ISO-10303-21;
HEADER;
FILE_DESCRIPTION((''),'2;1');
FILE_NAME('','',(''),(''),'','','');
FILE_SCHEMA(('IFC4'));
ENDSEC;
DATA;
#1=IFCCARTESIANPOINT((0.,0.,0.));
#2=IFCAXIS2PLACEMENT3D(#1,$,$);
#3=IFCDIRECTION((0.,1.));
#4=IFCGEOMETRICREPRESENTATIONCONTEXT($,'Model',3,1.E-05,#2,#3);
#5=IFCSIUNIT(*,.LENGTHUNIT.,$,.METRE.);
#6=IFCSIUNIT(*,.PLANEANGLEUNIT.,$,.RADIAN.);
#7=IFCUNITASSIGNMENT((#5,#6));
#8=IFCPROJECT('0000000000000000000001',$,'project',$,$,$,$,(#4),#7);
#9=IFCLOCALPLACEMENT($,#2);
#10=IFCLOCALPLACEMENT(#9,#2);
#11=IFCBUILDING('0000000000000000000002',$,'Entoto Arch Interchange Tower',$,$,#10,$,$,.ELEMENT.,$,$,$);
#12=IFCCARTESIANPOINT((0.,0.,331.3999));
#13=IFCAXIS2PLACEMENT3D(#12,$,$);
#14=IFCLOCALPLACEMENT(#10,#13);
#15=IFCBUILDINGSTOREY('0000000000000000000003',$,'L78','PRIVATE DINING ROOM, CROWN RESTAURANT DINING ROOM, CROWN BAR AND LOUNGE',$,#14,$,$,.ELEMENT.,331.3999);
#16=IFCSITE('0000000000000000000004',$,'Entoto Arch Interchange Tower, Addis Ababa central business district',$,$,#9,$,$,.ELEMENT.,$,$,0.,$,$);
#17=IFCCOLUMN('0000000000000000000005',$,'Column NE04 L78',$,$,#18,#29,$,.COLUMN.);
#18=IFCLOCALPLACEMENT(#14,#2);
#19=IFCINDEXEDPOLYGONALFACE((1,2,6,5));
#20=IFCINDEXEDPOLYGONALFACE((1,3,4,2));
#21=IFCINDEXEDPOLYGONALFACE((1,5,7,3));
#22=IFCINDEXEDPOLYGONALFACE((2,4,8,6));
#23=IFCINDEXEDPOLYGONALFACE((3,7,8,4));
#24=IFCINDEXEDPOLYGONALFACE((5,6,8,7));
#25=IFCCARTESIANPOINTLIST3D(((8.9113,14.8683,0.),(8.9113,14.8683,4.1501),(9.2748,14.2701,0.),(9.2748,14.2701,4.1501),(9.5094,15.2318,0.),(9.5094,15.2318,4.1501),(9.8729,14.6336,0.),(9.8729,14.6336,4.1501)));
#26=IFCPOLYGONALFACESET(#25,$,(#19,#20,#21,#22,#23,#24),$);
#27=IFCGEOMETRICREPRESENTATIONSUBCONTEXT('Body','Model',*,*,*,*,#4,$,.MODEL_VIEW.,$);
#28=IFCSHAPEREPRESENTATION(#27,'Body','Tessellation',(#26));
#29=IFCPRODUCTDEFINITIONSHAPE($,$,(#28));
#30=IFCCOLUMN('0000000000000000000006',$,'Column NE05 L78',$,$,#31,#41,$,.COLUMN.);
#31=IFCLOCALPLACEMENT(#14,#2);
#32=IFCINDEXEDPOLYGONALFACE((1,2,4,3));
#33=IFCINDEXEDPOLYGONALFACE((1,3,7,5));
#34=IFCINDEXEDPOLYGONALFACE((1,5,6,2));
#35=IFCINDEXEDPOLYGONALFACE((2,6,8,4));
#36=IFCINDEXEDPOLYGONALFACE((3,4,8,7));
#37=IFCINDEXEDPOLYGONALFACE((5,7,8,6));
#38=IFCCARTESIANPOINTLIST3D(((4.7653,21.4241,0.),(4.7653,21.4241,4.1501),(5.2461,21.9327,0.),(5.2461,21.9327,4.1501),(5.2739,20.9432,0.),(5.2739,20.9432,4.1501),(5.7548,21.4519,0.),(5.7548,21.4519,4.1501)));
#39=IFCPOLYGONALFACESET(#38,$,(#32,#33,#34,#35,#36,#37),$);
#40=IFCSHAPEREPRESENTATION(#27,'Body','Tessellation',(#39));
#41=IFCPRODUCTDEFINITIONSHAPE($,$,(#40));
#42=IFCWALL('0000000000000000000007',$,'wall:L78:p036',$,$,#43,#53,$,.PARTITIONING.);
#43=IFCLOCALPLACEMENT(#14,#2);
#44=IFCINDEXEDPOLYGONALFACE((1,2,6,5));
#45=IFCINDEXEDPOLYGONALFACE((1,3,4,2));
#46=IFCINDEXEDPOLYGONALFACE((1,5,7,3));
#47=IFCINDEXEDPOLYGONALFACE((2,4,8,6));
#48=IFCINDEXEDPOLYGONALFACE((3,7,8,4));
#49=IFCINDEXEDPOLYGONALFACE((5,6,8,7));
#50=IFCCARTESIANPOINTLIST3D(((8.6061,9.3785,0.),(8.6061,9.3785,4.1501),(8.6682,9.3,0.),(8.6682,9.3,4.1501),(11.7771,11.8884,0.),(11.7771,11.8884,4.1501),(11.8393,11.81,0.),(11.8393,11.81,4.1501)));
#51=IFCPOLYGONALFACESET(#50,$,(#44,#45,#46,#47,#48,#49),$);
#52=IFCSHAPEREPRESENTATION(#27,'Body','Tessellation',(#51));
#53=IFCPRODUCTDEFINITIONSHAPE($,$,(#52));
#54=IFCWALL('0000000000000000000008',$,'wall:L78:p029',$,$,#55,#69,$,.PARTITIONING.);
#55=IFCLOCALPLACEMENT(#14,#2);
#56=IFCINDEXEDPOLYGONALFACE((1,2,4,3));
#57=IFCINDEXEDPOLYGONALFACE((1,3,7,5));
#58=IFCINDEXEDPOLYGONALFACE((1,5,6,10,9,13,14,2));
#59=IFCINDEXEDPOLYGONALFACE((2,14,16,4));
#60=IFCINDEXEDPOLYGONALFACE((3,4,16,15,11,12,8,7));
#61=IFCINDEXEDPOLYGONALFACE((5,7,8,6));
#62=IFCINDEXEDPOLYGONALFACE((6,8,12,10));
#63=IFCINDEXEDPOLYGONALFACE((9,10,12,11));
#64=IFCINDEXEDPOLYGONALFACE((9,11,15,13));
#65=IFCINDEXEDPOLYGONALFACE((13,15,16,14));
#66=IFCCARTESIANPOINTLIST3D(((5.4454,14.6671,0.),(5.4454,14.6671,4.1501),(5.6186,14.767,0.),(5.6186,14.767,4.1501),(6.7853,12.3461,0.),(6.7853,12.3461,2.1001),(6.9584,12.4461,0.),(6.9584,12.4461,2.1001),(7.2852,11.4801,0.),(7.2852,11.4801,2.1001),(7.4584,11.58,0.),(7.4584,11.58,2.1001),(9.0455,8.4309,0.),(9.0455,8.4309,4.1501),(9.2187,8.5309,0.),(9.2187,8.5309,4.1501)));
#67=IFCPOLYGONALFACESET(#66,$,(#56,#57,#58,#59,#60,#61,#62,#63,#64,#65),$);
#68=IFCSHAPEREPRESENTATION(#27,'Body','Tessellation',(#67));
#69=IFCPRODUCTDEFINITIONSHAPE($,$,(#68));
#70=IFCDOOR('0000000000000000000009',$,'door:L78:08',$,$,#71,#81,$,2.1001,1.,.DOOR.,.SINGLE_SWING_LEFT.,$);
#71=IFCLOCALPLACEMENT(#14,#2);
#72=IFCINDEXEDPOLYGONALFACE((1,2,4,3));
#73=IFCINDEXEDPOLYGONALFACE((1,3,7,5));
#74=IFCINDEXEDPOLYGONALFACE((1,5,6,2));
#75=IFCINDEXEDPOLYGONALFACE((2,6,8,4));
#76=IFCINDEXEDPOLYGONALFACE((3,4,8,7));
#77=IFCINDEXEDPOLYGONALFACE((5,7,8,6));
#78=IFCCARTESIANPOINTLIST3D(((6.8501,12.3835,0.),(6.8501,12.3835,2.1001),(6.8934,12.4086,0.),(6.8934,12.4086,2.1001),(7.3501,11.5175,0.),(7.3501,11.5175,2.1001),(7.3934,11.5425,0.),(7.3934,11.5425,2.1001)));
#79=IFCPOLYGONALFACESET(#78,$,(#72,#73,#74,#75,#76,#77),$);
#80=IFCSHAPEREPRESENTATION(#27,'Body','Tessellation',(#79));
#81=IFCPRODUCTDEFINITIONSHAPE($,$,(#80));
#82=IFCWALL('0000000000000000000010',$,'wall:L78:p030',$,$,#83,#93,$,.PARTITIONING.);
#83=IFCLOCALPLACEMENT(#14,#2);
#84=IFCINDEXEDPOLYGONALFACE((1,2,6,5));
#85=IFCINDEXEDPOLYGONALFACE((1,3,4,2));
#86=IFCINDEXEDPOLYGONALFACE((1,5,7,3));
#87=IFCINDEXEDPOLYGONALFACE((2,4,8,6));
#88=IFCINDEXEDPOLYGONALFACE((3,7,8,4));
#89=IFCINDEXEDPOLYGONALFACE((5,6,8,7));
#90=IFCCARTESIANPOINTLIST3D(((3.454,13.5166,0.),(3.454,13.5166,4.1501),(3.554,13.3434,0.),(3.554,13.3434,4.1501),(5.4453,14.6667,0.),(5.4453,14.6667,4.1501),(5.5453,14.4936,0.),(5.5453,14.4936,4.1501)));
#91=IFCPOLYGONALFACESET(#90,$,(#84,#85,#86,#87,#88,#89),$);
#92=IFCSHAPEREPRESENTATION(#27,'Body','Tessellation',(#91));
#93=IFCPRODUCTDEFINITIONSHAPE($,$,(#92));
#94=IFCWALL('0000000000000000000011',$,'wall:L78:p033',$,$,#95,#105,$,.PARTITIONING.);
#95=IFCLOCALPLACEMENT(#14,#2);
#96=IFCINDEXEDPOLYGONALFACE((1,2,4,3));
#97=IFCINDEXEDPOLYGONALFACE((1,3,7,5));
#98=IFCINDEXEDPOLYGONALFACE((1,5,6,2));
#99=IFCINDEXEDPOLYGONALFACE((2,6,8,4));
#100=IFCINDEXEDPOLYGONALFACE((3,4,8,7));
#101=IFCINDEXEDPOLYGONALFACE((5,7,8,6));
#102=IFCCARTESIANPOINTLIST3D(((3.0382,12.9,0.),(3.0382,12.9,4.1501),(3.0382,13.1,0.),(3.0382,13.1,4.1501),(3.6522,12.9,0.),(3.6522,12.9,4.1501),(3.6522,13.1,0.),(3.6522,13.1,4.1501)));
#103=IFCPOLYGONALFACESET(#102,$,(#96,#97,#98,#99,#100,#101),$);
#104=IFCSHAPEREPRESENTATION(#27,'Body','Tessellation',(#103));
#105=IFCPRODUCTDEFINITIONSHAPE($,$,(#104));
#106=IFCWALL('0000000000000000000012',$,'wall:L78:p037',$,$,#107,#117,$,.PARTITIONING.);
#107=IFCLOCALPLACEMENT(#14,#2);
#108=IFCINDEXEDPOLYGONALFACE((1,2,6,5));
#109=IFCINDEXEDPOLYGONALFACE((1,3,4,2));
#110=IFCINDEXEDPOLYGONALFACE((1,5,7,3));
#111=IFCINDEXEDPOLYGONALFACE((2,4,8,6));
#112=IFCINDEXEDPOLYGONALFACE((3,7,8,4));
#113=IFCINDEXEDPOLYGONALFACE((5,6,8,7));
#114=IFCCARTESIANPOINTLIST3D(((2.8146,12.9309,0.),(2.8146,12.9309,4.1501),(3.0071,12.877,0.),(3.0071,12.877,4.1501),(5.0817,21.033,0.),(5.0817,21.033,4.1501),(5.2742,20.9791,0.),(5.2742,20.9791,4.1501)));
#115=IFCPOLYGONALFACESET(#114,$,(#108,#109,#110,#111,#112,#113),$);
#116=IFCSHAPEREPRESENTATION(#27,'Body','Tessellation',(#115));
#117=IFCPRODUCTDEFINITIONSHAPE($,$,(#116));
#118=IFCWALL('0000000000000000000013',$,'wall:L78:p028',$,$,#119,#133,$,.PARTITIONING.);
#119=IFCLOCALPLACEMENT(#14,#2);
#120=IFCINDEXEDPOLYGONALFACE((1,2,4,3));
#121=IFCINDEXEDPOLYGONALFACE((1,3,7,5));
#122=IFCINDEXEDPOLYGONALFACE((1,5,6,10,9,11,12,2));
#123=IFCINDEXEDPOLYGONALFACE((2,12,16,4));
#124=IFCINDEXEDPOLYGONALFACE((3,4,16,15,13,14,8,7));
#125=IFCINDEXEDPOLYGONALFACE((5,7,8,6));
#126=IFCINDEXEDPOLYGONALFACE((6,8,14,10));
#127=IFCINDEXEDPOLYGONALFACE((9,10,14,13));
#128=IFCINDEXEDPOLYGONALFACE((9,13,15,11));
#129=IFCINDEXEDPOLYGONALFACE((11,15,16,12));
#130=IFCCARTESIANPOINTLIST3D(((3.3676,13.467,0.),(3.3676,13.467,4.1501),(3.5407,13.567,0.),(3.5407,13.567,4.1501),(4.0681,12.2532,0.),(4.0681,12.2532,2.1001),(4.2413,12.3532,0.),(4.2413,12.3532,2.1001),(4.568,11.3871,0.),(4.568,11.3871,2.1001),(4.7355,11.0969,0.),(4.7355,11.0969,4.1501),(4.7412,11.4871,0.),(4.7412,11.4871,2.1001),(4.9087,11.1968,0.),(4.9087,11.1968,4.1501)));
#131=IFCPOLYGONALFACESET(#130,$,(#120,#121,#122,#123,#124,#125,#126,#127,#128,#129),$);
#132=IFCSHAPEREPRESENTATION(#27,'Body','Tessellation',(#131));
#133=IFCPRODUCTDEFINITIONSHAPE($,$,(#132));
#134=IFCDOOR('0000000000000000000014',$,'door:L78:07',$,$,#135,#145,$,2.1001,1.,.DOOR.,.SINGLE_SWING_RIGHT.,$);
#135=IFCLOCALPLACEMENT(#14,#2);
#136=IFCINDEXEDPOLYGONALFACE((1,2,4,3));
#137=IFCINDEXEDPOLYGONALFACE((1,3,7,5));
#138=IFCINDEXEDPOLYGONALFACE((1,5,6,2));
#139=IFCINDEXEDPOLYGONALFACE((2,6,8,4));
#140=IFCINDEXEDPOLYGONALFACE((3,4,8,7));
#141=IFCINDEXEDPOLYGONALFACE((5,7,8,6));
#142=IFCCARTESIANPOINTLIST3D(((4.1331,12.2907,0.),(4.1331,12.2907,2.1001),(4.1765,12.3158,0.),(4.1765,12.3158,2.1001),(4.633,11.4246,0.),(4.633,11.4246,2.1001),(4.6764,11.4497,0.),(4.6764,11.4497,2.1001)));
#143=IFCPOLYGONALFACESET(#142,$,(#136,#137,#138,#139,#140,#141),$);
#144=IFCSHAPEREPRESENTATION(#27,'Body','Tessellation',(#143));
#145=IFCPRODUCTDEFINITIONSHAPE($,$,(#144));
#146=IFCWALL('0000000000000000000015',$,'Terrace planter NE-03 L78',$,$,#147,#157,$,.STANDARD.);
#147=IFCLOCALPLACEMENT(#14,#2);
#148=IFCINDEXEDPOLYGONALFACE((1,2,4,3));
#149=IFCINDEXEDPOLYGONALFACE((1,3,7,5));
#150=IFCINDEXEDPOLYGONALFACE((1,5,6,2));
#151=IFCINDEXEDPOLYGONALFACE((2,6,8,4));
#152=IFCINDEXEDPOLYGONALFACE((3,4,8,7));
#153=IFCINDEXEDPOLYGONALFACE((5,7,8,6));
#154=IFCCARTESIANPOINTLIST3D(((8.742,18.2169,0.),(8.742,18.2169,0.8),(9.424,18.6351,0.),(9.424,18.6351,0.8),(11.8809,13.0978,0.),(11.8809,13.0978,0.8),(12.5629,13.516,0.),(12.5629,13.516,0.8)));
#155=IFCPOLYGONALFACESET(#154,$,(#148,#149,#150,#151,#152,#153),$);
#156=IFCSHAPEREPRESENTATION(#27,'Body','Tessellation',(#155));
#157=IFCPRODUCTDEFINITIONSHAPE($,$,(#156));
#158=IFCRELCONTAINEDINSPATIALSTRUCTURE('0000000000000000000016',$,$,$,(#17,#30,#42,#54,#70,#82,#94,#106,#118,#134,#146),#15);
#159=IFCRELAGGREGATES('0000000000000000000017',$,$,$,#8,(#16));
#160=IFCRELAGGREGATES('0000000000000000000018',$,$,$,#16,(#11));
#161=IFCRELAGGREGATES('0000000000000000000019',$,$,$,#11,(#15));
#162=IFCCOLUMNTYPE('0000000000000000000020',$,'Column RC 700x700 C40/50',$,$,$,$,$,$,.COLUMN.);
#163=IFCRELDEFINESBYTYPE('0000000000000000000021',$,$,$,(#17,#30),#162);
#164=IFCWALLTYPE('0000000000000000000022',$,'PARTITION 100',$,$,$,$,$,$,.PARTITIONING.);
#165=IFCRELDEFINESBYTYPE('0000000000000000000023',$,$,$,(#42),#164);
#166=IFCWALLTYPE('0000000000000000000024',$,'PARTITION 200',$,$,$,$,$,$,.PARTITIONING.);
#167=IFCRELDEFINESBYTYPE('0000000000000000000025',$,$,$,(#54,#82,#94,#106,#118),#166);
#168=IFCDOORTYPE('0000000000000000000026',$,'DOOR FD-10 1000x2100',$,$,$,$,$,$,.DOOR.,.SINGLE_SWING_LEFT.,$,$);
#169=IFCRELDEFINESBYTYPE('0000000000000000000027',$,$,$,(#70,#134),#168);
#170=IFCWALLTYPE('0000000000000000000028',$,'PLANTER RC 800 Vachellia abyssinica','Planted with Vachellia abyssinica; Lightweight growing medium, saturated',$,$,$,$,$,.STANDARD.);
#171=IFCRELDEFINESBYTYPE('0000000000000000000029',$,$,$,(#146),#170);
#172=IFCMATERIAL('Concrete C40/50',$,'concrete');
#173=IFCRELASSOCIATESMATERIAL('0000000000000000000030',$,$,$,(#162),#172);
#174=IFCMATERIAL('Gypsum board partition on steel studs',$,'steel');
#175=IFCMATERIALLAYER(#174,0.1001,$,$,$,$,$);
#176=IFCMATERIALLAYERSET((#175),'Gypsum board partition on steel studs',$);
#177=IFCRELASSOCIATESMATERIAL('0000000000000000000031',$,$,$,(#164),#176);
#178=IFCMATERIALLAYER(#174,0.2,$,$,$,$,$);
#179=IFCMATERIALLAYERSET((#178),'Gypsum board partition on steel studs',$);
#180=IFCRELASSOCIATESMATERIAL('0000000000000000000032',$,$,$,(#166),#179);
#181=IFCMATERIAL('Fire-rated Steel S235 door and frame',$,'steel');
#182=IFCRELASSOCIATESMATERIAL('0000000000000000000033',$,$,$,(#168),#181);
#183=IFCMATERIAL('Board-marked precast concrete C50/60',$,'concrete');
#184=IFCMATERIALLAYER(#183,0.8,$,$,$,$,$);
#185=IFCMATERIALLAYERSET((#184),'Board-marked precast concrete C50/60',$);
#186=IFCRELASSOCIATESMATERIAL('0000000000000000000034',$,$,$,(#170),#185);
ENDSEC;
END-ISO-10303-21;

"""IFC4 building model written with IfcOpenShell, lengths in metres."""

from ifc_helpers import new_model, si_unit, direction, frame, frame_2d, origin, origin_2d, place, context, subcontext, project, spatial, rectangle, extrude, material, layer, layer_set, material_profile, profile_set, type_object, element, fill, save


model = new_model("IFC4")

# Units and contexts
model_context = context("Model", 3, precision=1e-05, world=origin(), true_north=direction((0.0, 1.0)))
body_context = subcontext(model_context, "Body", "Model", "MODEL_VIEW")
ifc_project = project(units=[si_unit("LENGTHUNIT", "METRE"), si_unit("PLANEANGLEUNIT", "RADIAN")], contexts=[model_context])

# Site, building, storey
site_placement = place(None, origin())
site = spatial("IfcSite", under=ifc_project, at=site_placement, Name="Entoto Arch Interchange Tower, Addis Ababa central business district", CompositionType="ELEMENT", RefElevation=0.0)
building_placement = place(site_placement, origin())
building = spatial("IfcBuilding", under=site, at=building_placement, Name="Entoto Arch Interchange Tower", CompositionType="ELEMENT")
storey_placement = place(building_placement, frame((0.0, 0.0, 331.3999)))
storey = spatial("IfcBuildingStorey", under=building, at=storey_placement, Name="L78", Description="PRIVATE DINING ROOM, CROWN RESTAURANT DINING ROOM, CROWN BAR AND LOUNGE", CompositionType="ELEMENT", Elevation=331.3999)

# Columns
ifc_material_1 = material(Name="Concrete C40/50", Category="concrete")
ifc_material_profile = material_profile(ifc_material_1, rectangle(XDim=0.7, YDim=0.7, at=origin_2d()))
ifc_profile_set = profile_set([ifc_material_profile], Name="Concrete C40/50")
column_type = type_object("IfcColumnType", Name="Column RC 700x700 C40/50", PredefinedType="COLUMN", material=ifc_profile_set)
for number, where, z_axis, x_axis, name in (
    (1, (9.3921, 14.751, 0.0), (0.0, 0.0, 1.0), (-0.51931, 0.854586, 0.0), "Column NE04 L78"),
    (2, (5.26, 21.438, 0.0), (0.0, 0.0, 1.0), (-0.726659, 0.686999, 0.0), "Column NE05 L78"),
):
    element("IfcColumn", number, at=place(storey_placement, frame(where, z_axis=z_axis, x_axis=x_axis)), inside=storey, type_object=column_type, Name=name, PredefinedType="COLUMN", context=body_context, shape_type="SweptSolid", body=[
        extrude(rectangle(XDim=0.7, YDim=0.7, at=origin_2d()), origin(), (0.0, 0.0, 1.0), 4.1501),
    ])

# Wall
ifc_material_2 = material(Name="Gypsum board partition on steel studs", Category="steel")
ifc_layer_1 = layer(ifc_material_2, 0.1001)
ifc_layer_set_1 = layer_set([ifc_layer_1], Name="Gypsum board partition on steel studs")
wall_type_1 = type_object("IfcWallType", Name="PARTITION 100", PredefinedType="PARTITIONING", material=ifc_layer_set_1)
wall_1_placement = place(storey_placement, frame((11.8081, 11.8491, 0.0), z_axis=(0.0, 0.0, 1.0), x_axis=(-0.784103, -0.62063, 0.0)))
element("IfcWall", 3, at=wall_1_placement, inside=storey, type_object=wall_type_1, Name="wall:L78:p036", PredefinedType="PARTITIONING", context=body_context, shape_type="SweptSolid", body=[
    extrude(rectangle(XDim=4.0442, YDim=0.1001, at=frame_2d((2.022, 0.0))), origin(), (0.0, 0.0, 1.0), 4.1501),
])

# Wall, opening, door
ifc_layer_2 = layer(ifc_material_2, 0.2)
ifc_layer_set_2 = layer_set([ifc_layer_2], Name="Gypsum board partition on steel studs")
wall_type_2 = type_object("IfcWallType", Name="PARTITION 200", PredefinedType="PARTITIONING", material=ifc_layer_set_2)
wall_2_placement = place(storey_placement, frame((5.532, 14.717, 0.0), z_axis=(0.0, 0.0, 1.0), x_axis=(0.499968, -0.866044, 0.0)))
wall_2 = element("IfcWall", 4, at=wall_2_placement, inside=storey, type_object=wall_type_2, Name="wall:L78:p029", PredefinedType="PARTITIONING", context=body_context, shape_type="SweptSolid", body=[
    extrude(rectangle(XDim=7.2007, YDim=0.2, at=frame_2d((3.6003, 0.0))), origin(), (0.0, 0.0, 1.0), 4.1501),
])
opening_1_placement = place(wall_2_placement, frame((2.6799, 0.0, 0.0)))
opening_1 = element("IfcOpeningElement", 5, at=opening_1_placement, cuts=wall_2, PredefinedType="OPENING", context=body_context, shape_type="SweptSolid", body=[
    extrude(rectangle(XDim=1.0, YDim=2.1001, at=frame_2d((0.5, 1.05))), frame((0.0, 0.1099, 0.0), z_axis=(0.0, -1.0, 0.0), x_axis=(1.0, 0.0, 0.0)), (0.0, 0.0, 1.0), 0.22),
])
ifc_material_3 = material(Name="Fire-rated Steel S235 door and frame", Category="steel")
door_type = type_object("IfcDoorType", Name="DOOR FD-10 1000x2100", OperationType="SINGLE_SWING_LEFT", PredefinedType="DOOR", material=ifc_material_3)
door_1_placement = place(opening_1_placement, origin())
door_1 = element("IfcDoor", 6, at=door_1_placement, inside=storey, type_object=door_type, Name="door:L78:08", OperationType="SINGLE_SWING_LEFT", OverallHeight=2.1001, OverallWidth=1.0, PredefinedType="DOOR", context=body_context, shape_type="SweptSolid", body=[
    extrude(rectangle(XDim=1.0, YDim=2.1001, at=frame_2d((0.5, 1.05))), frame((0.0, 0.0249, 0.0), z_axis=(0.0, -1.0, 0.0), x_axis=(1.0, 0.0, 0.0)), (0.0, 0.0, 1.0), 0.05),
])
fill(opening_1, door_1)

# Walls
wall_3_placement = place(storey_placement, frame((3.5039, 13.4299, 0.0), z_axis=(0.0, 0.0, 1.0), x_axis=(0.865927, 0.50017, 0.0)))
element("IfcWall", 7, at=wall_3_placement, inside=storey, type_object=wall_type_2, Name="wall:L78:p030", PredefinedType="PARTITIONING", context=body_context, shape_type="SweptSolid", body=[
    extrude(rectangle(XDim=2.2996, YDim=0.2, at=frame_2d((1.1499, 0.0))), origin(), (0.0, 0.0, 1.0), 4.1501),
])
wall_4_placement = place(storey_placement, frame((3.0381, 13.0, 0.0), z_axis=(0.0, 0.0, 1.0), x_axis=(1.0, 0.0, 0.0)))
element("IfcWall", 8, at=wall_4_placement, inside=storey, type_object=wall_type_2, Name="wall:L78:p033", PredefinedType="PARTITIONING", context=body_context, shape_type="SweptSolid", body=[
    extrude(rectangle(XDim=0.614, YDim=0.2, at=frame_2d((0.3071, 0.0))), origin(), (0.0, 0.0, 1.0), 4.1501),
])
wall_5_placement = place(storey_placement, frame((2.9109, 12.9041, 0.0), z_axis=(0.0, 0.0, 1.0), x_axis=(0.269466, 0.96301, 0.0)))
element("IfcWall", 9, at=wall_5_placement, inside=storey, type_object=wall_type_2, Name="wall:L78:p037", PredefinedType="PARTITIONING", context=body_context, shape_type="SweptSolid", body=[
    extrude(rectangle(XDim=8.4133, YDim=0.2, at=frame_2d((4.2065, 0.0))), origin(), (0.0, 0.0, 1.0), 4.1501),
])

# Wall, opening, door
wall_6_placement = place(storey_placement, frame((4.822, 11.147, 0.0), z_axis=(0.0, 0.0, 1.0), x_axis=(-0.499872, 0.866099, 0.0)))
wall_6 = element("IfcWall", 10, at=wall_6_placement, inside=storey, type_object=wall_type_2, Name="wall:L78:p028", PredefinedType="PARTITIONING", context=body_context, shape_type="SweptSolid", body=[
    extrude(rectangle(XDim=2.7366, YDim=0.2, at=frame_2d((1.3682, 0.0))), origin(), (0.0, 0.0, 1.0), 4.1501),
])
opening_2_placement = place(wall_6_placement, frame((0.335, 0.0, 0.0)))
opening_2 = element("IfcOpeningElement", 11, at=opening_2_placement, cuts=wall_6, PredefinedType="OPENING", context=body_context, shape_type="SweptSolid", body=[
    extrude(rectangle(XDim=1.0, YDim=2.1001, at=frame_2d((0.5, 1.05))), frame((0.0, 0.1099, 0.0), z_axis=(0.0, -1.0, 0.0), x_axis=(1.0, 0.0, 0.0)), (0.0, 0.0, 1.0), 0.22),
])
door_2_placement = place(opening_2_placement, origin())
door_2 = element("IfcDoor", 12, at=door_2_placement, inside=storey, type_object=door_type, Name="door:L78:07", OperationType="SINGLE_SWING_RIGHT", OverallHeight=2.1001, OverallWidth=1.0, PredefinedType="DOOR", context=body_context, shape_type="SweptSolid", body=[
    extrude(rectangle(XDim=1.0, YDim=2.1001, at=frame_2d((0.5, 1.05))), frame((0.0, 0.0249, 0.0), z_axis=(0.0, -1.0, 0.0), x_axis=(1.0, 0.0, 0.0)), (0.0, 0.0, 1.0), 0.05),
])
fill(opening_2, door_2)

# Wall
ifc_material_4 = material(Name="Board-marked precast concrete C50/60", Category="concrete")
ifc_layer_3 = layer(ifc_material_4, 0.8)
ifc_layer_set_3 = layer_set([ifc_layer_3], Name="Board-marked precast concrete C50/60")
wall_type_3 = type_object("IfcWallType", Name="PLANTER RC 800 Vachellia abyssinica", Description="Planted with Vachellia abyssinica; Lightweight growing medium, saturated", PredefinedType="STANDARD", material=ifc_layer_set_3)
wall_7_placement = place(storey_placement, frame((12.2219, 13.3069, 0.0), z_axis=(0.0, 0.0, 1.0), x_axis=(-0.522729, 0.852499, 0.0)))
element("IfcWall", 13, at=wall_7_placement, inside=storey, type_object=wall_type_3, Name="Terrace planter NE-03 L78", PredefinedType="STANDARD", context=body_context, shape_type="SweptSolid", body=[
    extrude(rectangle(XDim=6.0049, YDim=0.8, at=frame_2d((3.0024, 0.0))), origin(), (0.0, 0.0, 1.0), 0.8),
])

save(model, "model.ifc")
